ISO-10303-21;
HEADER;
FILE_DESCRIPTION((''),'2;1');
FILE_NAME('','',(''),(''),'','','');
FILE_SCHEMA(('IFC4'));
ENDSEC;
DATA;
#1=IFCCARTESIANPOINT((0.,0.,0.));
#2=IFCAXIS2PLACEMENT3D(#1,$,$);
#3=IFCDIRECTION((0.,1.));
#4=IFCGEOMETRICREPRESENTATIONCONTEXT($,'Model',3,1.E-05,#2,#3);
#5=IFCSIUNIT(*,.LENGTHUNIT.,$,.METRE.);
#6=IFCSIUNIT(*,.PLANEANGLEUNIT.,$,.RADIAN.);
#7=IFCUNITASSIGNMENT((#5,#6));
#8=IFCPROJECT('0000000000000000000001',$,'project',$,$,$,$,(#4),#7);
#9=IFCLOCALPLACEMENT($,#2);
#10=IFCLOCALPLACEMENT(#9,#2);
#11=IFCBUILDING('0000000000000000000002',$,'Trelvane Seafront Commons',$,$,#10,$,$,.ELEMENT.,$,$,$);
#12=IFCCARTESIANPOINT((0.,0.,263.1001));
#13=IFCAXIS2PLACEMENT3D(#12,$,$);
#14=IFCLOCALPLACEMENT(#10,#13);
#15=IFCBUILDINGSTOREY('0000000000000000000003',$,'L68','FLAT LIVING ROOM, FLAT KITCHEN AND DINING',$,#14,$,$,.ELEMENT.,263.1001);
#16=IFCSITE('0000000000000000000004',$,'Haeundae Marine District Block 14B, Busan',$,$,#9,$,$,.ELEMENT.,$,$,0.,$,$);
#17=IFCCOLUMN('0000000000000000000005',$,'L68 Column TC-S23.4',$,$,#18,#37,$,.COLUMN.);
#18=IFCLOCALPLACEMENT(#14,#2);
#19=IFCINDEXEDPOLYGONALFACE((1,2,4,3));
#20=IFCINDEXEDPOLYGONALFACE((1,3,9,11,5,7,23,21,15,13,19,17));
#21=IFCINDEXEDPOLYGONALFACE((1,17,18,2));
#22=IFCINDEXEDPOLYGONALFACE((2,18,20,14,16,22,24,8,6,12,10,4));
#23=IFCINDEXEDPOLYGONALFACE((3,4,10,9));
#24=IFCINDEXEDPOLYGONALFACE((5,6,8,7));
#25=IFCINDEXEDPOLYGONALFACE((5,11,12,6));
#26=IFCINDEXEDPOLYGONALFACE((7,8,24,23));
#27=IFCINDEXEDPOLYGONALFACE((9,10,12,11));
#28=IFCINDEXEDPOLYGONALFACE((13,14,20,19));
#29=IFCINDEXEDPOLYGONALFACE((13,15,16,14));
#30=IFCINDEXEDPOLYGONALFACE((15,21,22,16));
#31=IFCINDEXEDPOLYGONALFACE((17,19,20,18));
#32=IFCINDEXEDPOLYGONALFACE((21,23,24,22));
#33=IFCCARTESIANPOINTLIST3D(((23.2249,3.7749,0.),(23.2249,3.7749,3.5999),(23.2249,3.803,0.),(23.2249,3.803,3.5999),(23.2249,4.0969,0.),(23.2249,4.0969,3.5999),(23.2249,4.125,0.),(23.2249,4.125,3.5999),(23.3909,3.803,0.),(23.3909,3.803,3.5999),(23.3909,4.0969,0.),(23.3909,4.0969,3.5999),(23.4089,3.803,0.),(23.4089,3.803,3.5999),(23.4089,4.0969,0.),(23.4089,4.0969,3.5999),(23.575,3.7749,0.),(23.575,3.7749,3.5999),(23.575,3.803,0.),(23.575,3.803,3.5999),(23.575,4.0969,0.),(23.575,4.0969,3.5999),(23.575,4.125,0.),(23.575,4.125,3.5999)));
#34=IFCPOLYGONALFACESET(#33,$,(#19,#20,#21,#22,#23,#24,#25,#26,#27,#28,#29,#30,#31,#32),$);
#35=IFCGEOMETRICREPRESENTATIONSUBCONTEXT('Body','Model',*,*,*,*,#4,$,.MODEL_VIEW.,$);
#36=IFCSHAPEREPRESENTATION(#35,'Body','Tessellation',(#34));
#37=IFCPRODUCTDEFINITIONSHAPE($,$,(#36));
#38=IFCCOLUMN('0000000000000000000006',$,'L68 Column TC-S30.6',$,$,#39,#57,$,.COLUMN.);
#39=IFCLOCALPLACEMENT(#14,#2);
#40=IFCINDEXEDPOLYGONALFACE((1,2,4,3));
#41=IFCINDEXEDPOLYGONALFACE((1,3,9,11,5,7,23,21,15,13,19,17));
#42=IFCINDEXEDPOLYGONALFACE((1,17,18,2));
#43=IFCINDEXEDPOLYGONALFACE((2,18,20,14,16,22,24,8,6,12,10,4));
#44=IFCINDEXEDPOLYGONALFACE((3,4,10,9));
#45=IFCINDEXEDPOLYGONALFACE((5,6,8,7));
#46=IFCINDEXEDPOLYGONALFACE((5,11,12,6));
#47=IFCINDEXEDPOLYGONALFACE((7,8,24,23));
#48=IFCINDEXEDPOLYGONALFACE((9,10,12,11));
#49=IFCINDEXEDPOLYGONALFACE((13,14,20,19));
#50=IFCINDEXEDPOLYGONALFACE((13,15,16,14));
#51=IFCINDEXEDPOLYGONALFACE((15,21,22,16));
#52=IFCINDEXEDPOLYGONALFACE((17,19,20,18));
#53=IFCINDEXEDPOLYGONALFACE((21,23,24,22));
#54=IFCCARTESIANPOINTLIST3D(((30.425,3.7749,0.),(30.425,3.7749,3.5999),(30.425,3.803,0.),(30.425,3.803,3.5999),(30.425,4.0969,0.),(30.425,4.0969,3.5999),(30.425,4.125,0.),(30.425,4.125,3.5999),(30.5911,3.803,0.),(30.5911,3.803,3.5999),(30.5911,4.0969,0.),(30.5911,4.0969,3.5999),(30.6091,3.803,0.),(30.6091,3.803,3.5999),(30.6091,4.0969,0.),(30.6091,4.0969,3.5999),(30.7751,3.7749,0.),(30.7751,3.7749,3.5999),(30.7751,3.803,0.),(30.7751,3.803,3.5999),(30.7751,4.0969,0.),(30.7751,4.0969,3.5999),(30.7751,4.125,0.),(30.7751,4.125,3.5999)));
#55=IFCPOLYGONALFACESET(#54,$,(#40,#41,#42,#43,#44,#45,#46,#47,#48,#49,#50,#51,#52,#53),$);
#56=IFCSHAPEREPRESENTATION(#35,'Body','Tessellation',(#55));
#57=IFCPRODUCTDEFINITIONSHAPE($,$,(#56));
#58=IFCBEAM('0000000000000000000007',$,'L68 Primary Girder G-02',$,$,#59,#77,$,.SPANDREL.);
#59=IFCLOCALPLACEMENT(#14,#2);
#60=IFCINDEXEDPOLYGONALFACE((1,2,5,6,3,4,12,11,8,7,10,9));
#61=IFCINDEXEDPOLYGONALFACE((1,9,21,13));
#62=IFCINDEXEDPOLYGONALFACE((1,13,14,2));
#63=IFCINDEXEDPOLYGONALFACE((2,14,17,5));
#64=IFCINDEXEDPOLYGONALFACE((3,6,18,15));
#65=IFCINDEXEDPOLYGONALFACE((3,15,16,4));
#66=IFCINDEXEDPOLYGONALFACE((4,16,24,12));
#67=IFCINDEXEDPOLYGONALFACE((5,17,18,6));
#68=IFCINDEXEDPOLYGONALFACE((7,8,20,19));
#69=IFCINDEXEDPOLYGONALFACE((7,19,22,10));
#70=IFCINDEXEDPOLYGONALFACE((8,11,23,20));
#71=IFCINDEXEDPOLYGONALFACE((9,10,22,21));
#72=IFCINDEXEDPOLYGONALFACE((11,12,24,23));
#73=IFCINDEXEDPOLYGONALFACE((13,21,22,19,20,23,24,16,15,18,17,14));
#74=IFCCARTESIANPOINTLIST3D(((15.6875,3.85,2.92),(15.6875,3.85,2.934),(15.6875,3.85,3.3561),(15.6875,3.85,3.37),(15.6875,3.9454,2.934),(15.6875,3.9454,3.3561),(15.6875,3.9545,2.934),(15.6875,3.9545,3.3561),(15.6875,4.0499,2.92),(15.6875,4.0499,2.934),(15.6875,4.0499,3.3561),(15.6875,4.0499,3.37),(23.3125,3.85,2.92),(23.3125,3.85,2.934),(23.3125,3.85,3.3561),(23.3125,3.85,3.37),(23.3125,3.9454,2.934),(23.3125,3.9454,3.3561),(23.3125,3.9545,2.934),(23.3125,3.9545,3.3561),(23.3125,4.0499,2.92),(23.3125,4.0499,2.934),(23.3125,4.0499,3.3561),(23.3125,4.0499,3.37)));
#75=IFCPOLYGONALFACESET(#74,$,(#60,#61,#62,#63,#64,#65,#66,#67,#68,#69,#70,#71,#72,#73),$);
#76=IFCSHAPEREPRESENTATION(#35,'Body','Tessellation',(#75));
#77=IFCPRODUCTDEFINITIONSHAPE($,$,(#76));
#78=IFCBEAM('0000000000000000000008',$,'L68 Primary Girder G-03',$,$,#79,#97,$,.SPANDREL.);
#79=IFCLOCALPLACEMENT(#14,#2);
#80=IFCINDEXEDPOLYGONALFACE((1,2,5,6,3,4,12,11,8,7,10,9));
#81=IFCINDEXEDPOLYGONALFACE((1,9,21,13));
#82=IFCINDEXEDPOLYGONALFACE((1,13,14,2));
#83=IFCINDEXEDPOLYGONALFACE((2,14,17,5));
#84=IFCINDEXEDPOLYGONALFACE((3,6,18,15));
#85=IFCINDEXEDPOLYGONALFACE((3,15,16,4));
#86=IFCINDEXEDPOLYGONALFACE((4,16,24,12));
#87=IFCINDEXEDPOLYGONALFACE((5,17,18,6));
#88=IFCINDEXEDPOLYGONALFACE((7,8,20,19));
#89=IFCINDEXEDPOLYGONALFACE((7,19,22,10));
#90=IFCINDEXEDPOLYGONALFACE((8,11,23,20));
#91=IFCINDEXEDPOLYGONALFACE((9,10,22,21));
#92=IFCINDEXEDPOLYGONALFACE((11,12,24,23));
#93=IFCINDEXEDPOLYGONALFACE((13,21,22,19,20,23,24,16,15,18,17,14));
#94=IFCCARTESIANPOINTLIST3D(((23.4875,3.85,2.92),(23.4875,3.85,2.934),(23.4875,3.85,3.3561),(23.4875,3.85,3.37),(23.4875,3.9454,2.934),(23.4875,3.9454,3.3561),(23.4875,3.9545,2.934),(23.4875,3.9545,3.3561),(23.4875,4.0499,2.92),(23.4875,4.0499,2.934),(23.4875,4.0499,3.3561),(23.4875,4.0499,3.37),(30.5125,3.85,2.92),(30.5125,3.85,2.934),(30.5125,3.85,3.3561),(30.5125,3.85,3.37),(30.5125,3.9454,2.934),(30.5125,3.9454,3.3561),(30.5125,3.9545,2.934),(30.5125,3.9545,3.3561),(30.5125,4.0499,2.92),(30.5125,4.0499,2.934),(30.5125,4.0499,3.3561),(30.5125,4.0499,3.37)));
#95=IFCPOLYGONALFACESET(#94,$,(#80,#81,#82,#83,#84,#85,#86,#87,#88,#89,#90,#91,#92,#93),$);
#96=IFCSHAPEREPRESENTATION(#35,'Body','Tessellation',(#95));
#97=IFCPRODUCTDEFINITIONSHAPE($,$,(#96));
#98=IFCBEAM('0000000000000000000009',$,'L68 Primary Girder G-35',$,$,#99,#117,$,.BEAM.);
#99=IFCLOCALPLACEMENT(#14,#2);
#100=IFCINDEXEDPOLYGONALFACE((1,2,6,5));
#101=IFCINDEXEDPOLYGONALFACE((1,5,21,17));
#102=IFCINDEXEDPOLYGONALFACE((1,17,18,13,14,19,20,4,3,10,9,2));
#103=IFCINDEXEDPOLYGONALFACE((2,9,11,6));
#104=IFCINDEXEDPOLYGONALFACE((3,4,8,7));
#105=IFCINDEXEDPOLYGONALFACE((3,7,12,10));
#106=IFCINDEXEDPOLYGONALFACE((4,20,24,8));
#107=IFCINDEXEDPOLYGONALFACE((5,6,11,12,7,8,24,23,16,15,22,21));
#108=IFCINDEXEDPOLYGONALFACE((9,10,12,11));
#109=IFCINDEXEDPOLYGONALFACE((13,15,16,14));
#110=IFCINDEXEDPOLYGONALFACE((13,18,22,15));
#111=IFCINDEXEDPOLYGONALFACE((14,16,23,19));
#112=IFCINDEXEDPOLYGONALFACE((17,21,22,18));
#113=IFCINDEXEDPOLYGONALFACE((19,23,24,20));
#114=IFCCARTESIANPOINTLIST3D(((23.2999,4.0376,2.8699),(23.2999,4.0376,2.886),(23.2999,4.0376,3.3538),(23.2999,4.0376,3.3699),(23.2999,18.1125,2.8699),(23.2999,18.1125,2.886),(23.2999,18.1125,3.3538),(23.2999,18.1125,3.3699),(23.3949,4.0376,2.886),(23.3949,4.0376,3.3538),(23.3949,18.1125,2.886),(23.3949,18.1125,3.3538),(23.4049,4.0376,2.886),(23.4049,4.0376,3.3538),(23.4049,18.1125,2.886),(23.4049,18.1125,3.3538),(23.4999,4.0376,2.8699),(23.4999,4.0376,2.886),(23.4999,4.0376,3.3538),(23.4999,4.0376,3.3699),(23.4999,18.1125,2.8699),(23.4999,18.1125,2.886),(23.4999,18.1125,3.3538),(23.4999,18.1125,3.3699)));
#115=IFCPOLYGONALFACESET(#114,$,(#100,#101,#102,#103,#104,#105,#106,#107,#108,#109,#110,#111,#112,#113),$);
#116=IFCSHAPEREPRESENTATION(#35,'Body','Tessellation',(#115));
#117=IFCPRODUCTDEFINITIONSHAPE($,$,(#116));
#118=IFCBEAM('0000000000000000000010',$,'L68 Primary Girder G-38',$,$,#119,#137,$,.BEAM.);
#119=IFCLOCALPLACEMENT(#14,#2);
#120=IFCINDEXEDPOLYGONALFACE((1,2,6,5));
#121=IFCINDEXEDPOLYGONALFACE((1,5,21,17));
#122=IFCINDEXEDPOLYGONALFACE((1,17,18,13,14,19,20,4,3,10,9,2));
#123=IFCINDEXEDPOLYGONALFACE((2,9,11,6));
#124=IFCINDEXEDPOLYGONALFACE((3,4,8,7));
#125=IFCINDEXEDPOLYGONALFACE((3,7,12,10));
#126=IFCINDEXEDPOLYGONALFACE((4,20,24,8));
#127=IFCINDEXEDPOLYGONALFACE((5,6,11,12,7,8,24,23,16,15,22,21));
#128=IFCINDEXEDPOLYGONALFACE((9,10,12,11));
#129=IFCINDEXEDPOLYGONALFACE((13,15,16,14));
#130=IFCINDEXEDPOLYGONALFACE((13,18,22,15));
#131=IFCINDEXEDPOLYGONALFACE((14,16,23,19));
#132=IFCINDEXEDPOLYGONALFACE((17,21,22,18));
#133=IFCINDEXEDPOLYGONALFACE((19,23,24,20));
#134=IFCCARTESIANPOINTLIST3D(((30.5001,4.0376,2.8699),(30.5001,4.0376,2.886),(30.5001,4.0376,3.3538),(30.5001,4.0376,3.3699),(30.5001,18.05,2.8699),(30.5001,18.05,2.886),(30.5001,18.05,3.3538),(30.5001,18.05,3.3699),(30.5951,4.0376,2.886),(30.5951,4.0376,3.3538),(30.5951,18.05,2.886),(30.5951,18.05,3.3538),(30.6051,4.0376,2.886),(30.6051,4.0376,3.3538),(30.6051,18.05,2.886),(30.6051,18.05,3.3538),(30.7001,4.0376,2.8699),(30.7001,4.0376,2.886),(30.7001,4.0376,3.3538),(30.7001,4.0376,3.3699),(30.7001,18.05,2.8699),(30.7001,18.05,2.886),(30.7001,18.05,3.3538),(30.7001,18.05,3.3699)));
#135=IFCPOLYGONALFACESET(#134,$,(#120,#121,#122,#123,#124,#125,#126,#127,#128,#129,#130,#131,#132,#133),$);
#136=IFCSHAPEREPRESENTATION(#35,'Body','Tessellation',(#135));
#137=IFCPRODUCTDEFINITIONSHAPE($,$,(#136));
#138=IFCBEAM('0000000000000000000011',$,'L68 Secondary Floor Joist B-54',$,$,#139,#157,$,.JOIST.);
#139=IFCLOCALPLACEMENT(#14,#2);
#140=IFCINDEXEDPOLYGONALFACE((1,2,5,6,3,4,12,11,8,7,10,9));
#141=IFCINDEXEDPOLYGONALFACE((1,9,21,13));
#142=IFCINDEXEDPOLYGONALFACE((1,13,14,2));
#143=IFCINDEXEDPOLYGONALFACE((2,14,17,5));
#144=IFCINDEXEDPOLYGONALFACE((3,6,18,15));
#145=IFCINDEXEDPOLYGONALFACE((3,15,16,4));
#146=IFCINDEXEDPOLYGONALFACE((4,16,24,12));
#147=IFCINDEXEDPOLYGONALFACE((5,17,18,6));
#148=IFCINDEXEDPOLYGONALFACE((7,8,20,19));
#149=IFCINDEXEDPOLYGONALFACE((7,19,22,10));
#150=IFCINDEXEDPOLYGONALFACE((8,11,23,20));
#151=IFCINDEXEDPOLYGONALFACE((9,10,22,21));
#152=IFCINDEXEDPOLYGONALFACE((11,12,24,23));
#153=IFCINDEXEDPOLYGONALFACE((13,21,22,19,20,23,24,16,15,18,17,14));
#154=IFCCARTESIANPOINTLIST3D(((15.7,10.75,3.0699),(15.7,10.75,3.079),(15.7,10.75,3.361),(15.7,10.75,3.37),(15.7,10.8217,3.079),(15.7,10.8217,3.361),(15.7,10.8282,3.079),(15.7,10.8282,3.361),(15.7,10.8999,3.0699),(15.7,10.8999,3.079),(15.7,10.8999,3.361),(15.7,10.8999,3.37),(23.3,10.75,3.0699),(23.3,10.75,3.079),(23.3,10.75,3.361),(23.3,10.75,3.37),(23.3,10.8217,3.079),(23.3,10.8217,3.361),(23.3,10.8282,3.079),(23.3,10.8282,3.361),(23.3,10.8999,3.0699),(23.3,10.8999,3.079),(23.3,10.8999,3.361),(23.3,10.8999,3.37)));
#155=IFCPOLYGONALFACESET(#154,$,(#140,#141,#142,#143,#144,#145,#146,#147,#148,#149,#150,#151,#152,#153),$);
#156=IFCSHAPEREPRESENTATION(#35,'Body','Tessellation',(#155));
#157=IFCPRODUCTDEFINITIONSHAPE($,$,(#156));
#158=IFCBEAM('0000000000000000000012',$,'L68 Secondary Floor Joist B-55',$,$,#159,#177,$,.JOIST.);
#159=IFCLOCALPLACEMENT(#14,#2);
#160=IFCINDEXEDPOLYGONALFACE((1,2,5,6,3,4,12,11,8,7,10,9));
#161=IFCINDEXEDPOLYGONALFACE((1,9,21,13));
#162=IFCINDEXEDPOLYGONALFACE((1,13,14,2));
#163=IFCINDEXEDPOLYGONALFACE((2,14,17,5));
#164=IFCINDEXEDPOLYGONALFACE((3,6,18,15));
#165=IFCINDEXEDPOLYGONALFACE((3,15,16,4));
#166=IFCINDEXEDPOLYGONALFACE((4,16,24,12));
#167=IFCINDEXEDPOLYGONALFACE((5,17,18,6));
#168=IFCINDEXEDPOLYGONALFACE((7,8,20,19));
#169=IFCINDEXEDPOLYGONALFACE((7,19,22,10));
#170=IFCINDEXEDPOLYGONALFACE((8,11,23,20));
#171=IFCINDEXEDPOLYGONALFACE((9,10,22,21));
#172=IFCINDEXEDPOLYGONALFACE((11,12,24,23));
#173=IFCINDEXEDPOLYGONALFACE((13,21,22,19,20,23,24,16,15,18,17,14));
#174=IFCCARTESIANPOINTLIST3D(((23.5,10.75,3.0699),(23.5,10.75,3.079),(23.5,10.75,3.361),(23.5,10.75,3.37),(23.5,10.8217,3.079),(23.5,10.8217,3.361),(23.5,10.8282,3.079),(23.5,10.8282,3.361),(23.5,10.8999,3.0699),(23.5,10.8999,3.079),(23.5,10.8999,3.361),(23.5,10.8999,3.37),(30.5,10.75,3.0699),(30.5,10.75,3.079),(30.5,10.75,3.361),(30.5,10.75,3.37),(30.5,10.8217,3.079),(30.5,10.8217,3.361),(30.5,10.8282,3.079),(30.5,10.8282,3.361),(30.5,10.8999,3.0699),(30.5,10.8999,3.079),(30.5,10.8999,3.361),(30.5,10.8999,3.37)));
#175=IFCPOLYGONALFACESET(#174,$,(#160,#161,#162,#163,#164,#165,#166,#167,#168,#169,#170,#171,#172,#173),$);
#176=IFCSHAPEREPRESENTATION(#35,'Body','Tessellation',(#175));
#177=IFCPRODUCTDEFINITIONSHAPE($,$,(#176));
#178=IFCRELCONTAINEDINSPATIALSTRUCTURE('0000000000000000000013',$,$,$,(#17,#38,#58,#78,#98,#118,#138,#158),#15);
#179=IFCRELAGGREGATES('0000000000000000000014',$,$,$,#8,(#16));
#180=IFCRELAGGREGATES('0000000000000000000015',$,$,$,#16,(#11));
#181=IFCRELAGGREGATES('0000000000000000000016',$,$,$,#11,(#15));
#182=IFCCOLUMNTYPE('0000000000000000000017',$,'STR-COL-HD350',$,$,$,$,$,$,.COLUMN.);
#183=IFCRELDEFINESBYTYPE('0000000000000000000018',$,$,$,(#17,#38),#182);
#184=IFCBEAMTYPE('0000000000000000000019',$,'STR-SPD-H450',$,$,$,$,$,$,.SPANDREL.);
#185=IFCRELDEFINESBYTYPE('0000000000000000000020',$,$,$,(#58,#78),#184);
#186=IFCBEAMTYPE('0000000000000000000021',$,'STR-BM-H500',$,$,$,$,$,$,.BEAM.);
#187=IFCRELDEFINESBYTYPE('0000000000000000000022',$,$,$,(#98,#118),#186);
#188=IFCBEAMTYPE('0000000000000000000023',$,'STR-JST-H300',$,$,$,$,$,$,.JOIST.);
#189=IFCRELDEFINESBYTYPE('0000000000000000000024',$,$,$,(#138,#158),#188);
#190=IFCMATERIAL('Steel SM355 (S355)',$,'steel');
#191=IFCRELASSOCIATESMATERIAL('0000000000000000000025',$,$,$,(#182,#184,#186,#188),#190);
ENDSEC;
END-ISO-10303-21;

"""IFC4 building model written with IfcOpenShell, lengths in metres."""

from ifc_helpers import new_model, si_unit, direction, frame, origin, origin_2d, place, context, subcontext, project, spatial, i_section, extrude, source, transform, mapped, material, material_profile, profile_set, type_object, element, save


model = new_model("IFC4")

# Units and contexts
model_context = context("Model", 3, precision=1e-05, world=origin(), true_north=direction((0.0, 1.0)))
body_context = subcontext(model_context, "Body", "Model", "MODEL_VIEW")
ifc_project = project(units=[si_unit("LENGTHUNIT", "METRE"), si_unit("PLANEANGLEUNIT", "RADIAN")], contexts=[model_context])

# Site, building, storey
site_placement = place(None, origin())
site = spatial("IfcSite", under=ifc_project, at=site_placement, Name="Haeundae Marine District Block 14B, Busan", CompositionType="ELEMENT", RefElevation=0.0)
building_placement = place(site_placement, origin())
building = spatial("IfcBuilding", under=site, at=building_placement, Name="Trelvane Seafront Commons", CompositionType="ELEMENT")
storey_placement = place(building_placement, frame((0.0, 0.0, 263.1001)))
storey = spatial("IfcBuildingStorey", under=building, at=storey_placement, Name="L68", Description="FLAT LIVING ROOM, FLAT KITCHEN AND DINING", CompositionType="ELEMENT", Elevation=263.1001)

# Columns
ifc_material_1 = material(Name="Steel SM355 (S355)", Category="steel")
ifc_material_profile_1 = material_profile(ifc_material_1, i_section(OverallWidth=0.3501, OverallDepth=0.3501, WebThickness=0.0181, FlangeThickness=0.0281, at=origin_2d()), Name="HD-350x350x18x28")
ifc_profile_set_1 = profile_set([ifc_material_profile_1], Name="Steel SM355 (S355)")
column_type = type_object("IfcColumnType", Name="STR-COL-HD350", PredefinedType="COLUMN", material=ifc_profile_set_1)
shared_shape_1 = source(origin(), body_context, "Body", "SweptSolid", [
    extrude(i_section(OverallWidth=0.3501, OverallDepth=0.3501, WebThickness=0.0181, FlangeThickness=0.0281, at=origin_2d()), origin(), (0.0, 0.0, 1.0), 3.5999),
])
for number, where, z_axis, x_axis, name in (
    (1, (23.3999, 3.95, 0.0), (0.0, 0.0, 1.0), (1.0, 0.0, 0.0), "L68 Column TC-S23.4"),
    (2, (30.6001, 3.95, 0.0), (0.0, 0.0, 1.0), (1.0, 0.0, 0.0), "L68 Column TC-S30.6"),
):
    element("IfcColumn", number, at=place(storey_placement, frame(where, z_axis=z_axis, x_axis=x_axis)), inside=storey, type_object=column_type, Name=name, PredefinedType="COLUMN", context=body_context, shape_type="MappedRepresentation", body=[
        mapped(shared_shape_1, transform((0.0, 0.0, 0.0), x_axis=(1.0, 0.0, 0.0), y_axis=(0.0, 1.0, 0.0), z_axis=(0.0, 0.0, 1.0), scale=1.0)),
    ])

# Beams
ifc_material_profile_2 = material_profile(ifc_material_1, i_section(OverallWidth=0.2, OverallDepth=0.45, WebThickness=0.009, FlangeThickness=0.0139, at=origin_2d()), Name="H-450x200x9x14")
ifc_profile_set_2 = profile_set([ifc_material_profile_2], Name="Steel SM355 (S355)")
beam_type_1 = type_object("IfcBeamType", Name="STR-SPD-H450", PredefinedType="SPANDREL", material=ifc_profile_set_2)
shared_shape_2 = source(origin(), body_context, "Body", "SweptSolid", [
    extrude(i_section(OverallWidth=0.2, OverallDepth=0.45, WebThickness=0.009, FlangeThickness=0.0139, at=origin_2d()), origin(), (0.0, 0.0, 1.0), 7.625),
])
beam_1_placement = place(storey_placement, frame((15.6875, 3.95, 3.145), z_axis=(1.0, 0.0, 0.0), x_axis=(0.0, 1.0, 0.0)))
element("IfcBeam", 3, at=beam_1_placement, inside=storey, type_object=beam_type_1, Name="L68 Primary Girder G-02", PredefinedType="SPANDREL", context=body_context, shape_type="MappedRepresentation", body=[
    mapped(shared_shape_2, transform((0.0, 0.0, 0.0), x_axis=(1.0, 0.0, 0.0), y_axis=(0.0, 1.0, 0.0), z_axis=(0.0, 0.0, 1.0), scale=1.0)),
])
shared_shape_3 = source(origin(), body_context, "Body", "SweptSolid", [
    extrude(i_section(OverallWidth=0.2, OverallDepth=0.45, WebThickness=0.009, FlangeThickness=0.0139, at=origin_2d()), origin(), (0.0, 0.0, 1.0), 7.0249),
])
beam_2_placement = place(storey_placement, frame((23.4875, 3.95, 3.145), z_axis=(1.0, 0.0, 0.0), x_axis=(0.0, 1.0, 0.0)))
element("IfcBeam", 4, at=beam_2_placement, inside=storey, type_object=beam_type_1, Name="L68 Primary Girder G-03", PredefinedType="SPANDREL", context=body_context, shape_type="MappedRepresentation", body=[
    mapped(shared_shape_3, transform((0.0, 0.0, 0.0), x_axis=(1.0, 0.0, 0.0), y_axis=(0.0, 1.0, 0.0), z_axis=(0.0, 0.0, 1.0), scale=1.0)),
])
ifc_material_profile_3 = material_profile(ifc_material_1, i_section(OverallWidth=0.2, OverallDepth=0.5, WebThickness=0.01, FlangeThickness=0.0161, at=origin_2d()), Name="H-500x200x10x16")
ifc_profile_set_3 = profile_set([ifc_material_profile_3], Name="Steel SM355 (S355)")
beam_type_2 = type_object("IfcBeamType", Name="STR-BM-H500", PredefinedType="BEAM", material=ifc_profile_set_3)
shared_shape_4 = source(origin(), body_context, "Body", "SweptSolid", [
    extrude(i_section(OverallWidth=0.2, OverallDepth=0.5, WebThickness=0.01, FlangeThickness=0.0161, at=origin_2d()), origin(), (0.0, 0.0, 1.0), 14.075),
])
beam_3_placement = place(storey_placement, frame((23.3999, 4.0376, 3.1199), z_axis=(0.0, 1.0, 0.0), x_axis=(-1.0, 0.0, 0.0)))
element("IfcBeam", 5, at=beam_3_placement, inside=storey, type_object=beam_type_2, Name="L68 Primary Girder G-35", PredefinedType="BEAM", context=body_context, shape_type="MappedRepresentation", body=[
    mapped(shared_shape_4, transform((0.0, 0.0, 0.0), x_axis=(1.0, 0.0, 0.0), y_axis=(0.0, 1.0, 0.0), z_axis=(0.0, 0.0, 1.0), scale=1.0)),
])
shared_shape_5 = source(origin(), body_context, "Body", "SweptSolid", [
    extrude(i_section(OverallWidth=0.2, OverallDepth=0.5, WebThickness=0.01, FlangeThickness=0.0161, at=origin_2d()), origin(), (0.0, 0.0, 1.0), 14.0125),
])
beam_4_placement = place(storey_placement, frame((30.6001, 4.0376, 3.1199), z_axis=(0.0, 1.0, 0.0), x_axis=(-1.0, 0.0, 0.0)))
element("IfcBeam", 6, at=beam_4_placement, inside=storey, type_object=beam_type_2, Name="L68 Primary Girder G-38", PredefinedType="BEAM", context=body_context, shape_type="MappedRepresentation", body=[
    mapped(shared_shape_5, transform((0.0, 0.0, 0.0), x_axis=(1.0, 0.0, 0.0), y_axis=(0.0, 1.0, 0.0), z_axis=(0.0, 0.0, 1.0), scale=1.0)),
])
ifc_material_profile_4 = material_profile(ifc_material_1, i_section(OverallWidth=0.1499, OverallDepth=0.3, WebThickness=0.0066, FlangeThickness=0.009, at=origin_2d()), Name="H-300x150x6.5x9")
ifc_profile_set_4 = profile_set([ifc_material_profile_4], Name="Steel SM355 (S355)")
beam_type_3 = type_object("IfcBeamType", Name="STR-JST-H300", PredefinedType="JOIST", material=ifc_profile_set_4)
shared_shape_6 = source(origin(), body_context, "Body", "SweptSolid", [
    extrude(i_section(OverallWidth=0.1499, OverallDepth=0.3, WebThickness=0.0066, FlangeThickness=0.009, at=origin_2d()), origin(), (0.0, 0.0, 1.0), 7.6001),
])
beam_5_placement = place(storey_placement, frame((15.7, 10.825, 3.22), z_axis=(1.0, 0.0, 0.0), x_axis=(0.0, 1.0, 0.0)))
element("IfcBeam", 7, at=beam_5_placement, inside=storey, type_object=beam_type_3, Name="L68 Secondary Floor Joist B-54", PredefinedType="JOIST", context=body_context, shape_type="MappedRepresentation", body=[
    mapped(shared_shape_6, transform((0.0, 0.0, 0.0), x_axis=(1.0, 0.0, 0.0), y_axis=(0.0, 1.0, 0.0), z_axis=(0.0, 0.0, 1.0), scale=1.0)),
])
shared_shape_7 = source(origin(), body_context, "Body", "SweptSolid", [
    extrude(i_section(OverallWidth=0.1499, OverallDepth=0.3, WebThickness=0.0066, FlangeThickness=0.009, at=origin_2d()), origin(), (0.0, 0.0, 1.0), 7.0),
])
beam_6_placement = place(storey_placement, frame((23.5, 10.825, 3.22), z_axis=(1.0, 0.0, 0.0), x_axis=(0.0, 1.0, 0.0)))
element("IfcBeam", 8, at=beam_6_placement, inside=storey, type_object=beam_type_3, Name="L68 Secondary Floor Joist B-55", PredefinedType="JOIST", context=body_context, shape_type="MappedRepresentation", body=[
    mapped(shared_shape_7, transform((0.0, 0.0, 0.0), x_axis=(1.0, 0.0, 0.0), y_axis=(0.0, 1.0, 0.0), z_axis=(0.0, 0.0, 1.0), scale=1.0)),
])

save(model, "model.ifc")
